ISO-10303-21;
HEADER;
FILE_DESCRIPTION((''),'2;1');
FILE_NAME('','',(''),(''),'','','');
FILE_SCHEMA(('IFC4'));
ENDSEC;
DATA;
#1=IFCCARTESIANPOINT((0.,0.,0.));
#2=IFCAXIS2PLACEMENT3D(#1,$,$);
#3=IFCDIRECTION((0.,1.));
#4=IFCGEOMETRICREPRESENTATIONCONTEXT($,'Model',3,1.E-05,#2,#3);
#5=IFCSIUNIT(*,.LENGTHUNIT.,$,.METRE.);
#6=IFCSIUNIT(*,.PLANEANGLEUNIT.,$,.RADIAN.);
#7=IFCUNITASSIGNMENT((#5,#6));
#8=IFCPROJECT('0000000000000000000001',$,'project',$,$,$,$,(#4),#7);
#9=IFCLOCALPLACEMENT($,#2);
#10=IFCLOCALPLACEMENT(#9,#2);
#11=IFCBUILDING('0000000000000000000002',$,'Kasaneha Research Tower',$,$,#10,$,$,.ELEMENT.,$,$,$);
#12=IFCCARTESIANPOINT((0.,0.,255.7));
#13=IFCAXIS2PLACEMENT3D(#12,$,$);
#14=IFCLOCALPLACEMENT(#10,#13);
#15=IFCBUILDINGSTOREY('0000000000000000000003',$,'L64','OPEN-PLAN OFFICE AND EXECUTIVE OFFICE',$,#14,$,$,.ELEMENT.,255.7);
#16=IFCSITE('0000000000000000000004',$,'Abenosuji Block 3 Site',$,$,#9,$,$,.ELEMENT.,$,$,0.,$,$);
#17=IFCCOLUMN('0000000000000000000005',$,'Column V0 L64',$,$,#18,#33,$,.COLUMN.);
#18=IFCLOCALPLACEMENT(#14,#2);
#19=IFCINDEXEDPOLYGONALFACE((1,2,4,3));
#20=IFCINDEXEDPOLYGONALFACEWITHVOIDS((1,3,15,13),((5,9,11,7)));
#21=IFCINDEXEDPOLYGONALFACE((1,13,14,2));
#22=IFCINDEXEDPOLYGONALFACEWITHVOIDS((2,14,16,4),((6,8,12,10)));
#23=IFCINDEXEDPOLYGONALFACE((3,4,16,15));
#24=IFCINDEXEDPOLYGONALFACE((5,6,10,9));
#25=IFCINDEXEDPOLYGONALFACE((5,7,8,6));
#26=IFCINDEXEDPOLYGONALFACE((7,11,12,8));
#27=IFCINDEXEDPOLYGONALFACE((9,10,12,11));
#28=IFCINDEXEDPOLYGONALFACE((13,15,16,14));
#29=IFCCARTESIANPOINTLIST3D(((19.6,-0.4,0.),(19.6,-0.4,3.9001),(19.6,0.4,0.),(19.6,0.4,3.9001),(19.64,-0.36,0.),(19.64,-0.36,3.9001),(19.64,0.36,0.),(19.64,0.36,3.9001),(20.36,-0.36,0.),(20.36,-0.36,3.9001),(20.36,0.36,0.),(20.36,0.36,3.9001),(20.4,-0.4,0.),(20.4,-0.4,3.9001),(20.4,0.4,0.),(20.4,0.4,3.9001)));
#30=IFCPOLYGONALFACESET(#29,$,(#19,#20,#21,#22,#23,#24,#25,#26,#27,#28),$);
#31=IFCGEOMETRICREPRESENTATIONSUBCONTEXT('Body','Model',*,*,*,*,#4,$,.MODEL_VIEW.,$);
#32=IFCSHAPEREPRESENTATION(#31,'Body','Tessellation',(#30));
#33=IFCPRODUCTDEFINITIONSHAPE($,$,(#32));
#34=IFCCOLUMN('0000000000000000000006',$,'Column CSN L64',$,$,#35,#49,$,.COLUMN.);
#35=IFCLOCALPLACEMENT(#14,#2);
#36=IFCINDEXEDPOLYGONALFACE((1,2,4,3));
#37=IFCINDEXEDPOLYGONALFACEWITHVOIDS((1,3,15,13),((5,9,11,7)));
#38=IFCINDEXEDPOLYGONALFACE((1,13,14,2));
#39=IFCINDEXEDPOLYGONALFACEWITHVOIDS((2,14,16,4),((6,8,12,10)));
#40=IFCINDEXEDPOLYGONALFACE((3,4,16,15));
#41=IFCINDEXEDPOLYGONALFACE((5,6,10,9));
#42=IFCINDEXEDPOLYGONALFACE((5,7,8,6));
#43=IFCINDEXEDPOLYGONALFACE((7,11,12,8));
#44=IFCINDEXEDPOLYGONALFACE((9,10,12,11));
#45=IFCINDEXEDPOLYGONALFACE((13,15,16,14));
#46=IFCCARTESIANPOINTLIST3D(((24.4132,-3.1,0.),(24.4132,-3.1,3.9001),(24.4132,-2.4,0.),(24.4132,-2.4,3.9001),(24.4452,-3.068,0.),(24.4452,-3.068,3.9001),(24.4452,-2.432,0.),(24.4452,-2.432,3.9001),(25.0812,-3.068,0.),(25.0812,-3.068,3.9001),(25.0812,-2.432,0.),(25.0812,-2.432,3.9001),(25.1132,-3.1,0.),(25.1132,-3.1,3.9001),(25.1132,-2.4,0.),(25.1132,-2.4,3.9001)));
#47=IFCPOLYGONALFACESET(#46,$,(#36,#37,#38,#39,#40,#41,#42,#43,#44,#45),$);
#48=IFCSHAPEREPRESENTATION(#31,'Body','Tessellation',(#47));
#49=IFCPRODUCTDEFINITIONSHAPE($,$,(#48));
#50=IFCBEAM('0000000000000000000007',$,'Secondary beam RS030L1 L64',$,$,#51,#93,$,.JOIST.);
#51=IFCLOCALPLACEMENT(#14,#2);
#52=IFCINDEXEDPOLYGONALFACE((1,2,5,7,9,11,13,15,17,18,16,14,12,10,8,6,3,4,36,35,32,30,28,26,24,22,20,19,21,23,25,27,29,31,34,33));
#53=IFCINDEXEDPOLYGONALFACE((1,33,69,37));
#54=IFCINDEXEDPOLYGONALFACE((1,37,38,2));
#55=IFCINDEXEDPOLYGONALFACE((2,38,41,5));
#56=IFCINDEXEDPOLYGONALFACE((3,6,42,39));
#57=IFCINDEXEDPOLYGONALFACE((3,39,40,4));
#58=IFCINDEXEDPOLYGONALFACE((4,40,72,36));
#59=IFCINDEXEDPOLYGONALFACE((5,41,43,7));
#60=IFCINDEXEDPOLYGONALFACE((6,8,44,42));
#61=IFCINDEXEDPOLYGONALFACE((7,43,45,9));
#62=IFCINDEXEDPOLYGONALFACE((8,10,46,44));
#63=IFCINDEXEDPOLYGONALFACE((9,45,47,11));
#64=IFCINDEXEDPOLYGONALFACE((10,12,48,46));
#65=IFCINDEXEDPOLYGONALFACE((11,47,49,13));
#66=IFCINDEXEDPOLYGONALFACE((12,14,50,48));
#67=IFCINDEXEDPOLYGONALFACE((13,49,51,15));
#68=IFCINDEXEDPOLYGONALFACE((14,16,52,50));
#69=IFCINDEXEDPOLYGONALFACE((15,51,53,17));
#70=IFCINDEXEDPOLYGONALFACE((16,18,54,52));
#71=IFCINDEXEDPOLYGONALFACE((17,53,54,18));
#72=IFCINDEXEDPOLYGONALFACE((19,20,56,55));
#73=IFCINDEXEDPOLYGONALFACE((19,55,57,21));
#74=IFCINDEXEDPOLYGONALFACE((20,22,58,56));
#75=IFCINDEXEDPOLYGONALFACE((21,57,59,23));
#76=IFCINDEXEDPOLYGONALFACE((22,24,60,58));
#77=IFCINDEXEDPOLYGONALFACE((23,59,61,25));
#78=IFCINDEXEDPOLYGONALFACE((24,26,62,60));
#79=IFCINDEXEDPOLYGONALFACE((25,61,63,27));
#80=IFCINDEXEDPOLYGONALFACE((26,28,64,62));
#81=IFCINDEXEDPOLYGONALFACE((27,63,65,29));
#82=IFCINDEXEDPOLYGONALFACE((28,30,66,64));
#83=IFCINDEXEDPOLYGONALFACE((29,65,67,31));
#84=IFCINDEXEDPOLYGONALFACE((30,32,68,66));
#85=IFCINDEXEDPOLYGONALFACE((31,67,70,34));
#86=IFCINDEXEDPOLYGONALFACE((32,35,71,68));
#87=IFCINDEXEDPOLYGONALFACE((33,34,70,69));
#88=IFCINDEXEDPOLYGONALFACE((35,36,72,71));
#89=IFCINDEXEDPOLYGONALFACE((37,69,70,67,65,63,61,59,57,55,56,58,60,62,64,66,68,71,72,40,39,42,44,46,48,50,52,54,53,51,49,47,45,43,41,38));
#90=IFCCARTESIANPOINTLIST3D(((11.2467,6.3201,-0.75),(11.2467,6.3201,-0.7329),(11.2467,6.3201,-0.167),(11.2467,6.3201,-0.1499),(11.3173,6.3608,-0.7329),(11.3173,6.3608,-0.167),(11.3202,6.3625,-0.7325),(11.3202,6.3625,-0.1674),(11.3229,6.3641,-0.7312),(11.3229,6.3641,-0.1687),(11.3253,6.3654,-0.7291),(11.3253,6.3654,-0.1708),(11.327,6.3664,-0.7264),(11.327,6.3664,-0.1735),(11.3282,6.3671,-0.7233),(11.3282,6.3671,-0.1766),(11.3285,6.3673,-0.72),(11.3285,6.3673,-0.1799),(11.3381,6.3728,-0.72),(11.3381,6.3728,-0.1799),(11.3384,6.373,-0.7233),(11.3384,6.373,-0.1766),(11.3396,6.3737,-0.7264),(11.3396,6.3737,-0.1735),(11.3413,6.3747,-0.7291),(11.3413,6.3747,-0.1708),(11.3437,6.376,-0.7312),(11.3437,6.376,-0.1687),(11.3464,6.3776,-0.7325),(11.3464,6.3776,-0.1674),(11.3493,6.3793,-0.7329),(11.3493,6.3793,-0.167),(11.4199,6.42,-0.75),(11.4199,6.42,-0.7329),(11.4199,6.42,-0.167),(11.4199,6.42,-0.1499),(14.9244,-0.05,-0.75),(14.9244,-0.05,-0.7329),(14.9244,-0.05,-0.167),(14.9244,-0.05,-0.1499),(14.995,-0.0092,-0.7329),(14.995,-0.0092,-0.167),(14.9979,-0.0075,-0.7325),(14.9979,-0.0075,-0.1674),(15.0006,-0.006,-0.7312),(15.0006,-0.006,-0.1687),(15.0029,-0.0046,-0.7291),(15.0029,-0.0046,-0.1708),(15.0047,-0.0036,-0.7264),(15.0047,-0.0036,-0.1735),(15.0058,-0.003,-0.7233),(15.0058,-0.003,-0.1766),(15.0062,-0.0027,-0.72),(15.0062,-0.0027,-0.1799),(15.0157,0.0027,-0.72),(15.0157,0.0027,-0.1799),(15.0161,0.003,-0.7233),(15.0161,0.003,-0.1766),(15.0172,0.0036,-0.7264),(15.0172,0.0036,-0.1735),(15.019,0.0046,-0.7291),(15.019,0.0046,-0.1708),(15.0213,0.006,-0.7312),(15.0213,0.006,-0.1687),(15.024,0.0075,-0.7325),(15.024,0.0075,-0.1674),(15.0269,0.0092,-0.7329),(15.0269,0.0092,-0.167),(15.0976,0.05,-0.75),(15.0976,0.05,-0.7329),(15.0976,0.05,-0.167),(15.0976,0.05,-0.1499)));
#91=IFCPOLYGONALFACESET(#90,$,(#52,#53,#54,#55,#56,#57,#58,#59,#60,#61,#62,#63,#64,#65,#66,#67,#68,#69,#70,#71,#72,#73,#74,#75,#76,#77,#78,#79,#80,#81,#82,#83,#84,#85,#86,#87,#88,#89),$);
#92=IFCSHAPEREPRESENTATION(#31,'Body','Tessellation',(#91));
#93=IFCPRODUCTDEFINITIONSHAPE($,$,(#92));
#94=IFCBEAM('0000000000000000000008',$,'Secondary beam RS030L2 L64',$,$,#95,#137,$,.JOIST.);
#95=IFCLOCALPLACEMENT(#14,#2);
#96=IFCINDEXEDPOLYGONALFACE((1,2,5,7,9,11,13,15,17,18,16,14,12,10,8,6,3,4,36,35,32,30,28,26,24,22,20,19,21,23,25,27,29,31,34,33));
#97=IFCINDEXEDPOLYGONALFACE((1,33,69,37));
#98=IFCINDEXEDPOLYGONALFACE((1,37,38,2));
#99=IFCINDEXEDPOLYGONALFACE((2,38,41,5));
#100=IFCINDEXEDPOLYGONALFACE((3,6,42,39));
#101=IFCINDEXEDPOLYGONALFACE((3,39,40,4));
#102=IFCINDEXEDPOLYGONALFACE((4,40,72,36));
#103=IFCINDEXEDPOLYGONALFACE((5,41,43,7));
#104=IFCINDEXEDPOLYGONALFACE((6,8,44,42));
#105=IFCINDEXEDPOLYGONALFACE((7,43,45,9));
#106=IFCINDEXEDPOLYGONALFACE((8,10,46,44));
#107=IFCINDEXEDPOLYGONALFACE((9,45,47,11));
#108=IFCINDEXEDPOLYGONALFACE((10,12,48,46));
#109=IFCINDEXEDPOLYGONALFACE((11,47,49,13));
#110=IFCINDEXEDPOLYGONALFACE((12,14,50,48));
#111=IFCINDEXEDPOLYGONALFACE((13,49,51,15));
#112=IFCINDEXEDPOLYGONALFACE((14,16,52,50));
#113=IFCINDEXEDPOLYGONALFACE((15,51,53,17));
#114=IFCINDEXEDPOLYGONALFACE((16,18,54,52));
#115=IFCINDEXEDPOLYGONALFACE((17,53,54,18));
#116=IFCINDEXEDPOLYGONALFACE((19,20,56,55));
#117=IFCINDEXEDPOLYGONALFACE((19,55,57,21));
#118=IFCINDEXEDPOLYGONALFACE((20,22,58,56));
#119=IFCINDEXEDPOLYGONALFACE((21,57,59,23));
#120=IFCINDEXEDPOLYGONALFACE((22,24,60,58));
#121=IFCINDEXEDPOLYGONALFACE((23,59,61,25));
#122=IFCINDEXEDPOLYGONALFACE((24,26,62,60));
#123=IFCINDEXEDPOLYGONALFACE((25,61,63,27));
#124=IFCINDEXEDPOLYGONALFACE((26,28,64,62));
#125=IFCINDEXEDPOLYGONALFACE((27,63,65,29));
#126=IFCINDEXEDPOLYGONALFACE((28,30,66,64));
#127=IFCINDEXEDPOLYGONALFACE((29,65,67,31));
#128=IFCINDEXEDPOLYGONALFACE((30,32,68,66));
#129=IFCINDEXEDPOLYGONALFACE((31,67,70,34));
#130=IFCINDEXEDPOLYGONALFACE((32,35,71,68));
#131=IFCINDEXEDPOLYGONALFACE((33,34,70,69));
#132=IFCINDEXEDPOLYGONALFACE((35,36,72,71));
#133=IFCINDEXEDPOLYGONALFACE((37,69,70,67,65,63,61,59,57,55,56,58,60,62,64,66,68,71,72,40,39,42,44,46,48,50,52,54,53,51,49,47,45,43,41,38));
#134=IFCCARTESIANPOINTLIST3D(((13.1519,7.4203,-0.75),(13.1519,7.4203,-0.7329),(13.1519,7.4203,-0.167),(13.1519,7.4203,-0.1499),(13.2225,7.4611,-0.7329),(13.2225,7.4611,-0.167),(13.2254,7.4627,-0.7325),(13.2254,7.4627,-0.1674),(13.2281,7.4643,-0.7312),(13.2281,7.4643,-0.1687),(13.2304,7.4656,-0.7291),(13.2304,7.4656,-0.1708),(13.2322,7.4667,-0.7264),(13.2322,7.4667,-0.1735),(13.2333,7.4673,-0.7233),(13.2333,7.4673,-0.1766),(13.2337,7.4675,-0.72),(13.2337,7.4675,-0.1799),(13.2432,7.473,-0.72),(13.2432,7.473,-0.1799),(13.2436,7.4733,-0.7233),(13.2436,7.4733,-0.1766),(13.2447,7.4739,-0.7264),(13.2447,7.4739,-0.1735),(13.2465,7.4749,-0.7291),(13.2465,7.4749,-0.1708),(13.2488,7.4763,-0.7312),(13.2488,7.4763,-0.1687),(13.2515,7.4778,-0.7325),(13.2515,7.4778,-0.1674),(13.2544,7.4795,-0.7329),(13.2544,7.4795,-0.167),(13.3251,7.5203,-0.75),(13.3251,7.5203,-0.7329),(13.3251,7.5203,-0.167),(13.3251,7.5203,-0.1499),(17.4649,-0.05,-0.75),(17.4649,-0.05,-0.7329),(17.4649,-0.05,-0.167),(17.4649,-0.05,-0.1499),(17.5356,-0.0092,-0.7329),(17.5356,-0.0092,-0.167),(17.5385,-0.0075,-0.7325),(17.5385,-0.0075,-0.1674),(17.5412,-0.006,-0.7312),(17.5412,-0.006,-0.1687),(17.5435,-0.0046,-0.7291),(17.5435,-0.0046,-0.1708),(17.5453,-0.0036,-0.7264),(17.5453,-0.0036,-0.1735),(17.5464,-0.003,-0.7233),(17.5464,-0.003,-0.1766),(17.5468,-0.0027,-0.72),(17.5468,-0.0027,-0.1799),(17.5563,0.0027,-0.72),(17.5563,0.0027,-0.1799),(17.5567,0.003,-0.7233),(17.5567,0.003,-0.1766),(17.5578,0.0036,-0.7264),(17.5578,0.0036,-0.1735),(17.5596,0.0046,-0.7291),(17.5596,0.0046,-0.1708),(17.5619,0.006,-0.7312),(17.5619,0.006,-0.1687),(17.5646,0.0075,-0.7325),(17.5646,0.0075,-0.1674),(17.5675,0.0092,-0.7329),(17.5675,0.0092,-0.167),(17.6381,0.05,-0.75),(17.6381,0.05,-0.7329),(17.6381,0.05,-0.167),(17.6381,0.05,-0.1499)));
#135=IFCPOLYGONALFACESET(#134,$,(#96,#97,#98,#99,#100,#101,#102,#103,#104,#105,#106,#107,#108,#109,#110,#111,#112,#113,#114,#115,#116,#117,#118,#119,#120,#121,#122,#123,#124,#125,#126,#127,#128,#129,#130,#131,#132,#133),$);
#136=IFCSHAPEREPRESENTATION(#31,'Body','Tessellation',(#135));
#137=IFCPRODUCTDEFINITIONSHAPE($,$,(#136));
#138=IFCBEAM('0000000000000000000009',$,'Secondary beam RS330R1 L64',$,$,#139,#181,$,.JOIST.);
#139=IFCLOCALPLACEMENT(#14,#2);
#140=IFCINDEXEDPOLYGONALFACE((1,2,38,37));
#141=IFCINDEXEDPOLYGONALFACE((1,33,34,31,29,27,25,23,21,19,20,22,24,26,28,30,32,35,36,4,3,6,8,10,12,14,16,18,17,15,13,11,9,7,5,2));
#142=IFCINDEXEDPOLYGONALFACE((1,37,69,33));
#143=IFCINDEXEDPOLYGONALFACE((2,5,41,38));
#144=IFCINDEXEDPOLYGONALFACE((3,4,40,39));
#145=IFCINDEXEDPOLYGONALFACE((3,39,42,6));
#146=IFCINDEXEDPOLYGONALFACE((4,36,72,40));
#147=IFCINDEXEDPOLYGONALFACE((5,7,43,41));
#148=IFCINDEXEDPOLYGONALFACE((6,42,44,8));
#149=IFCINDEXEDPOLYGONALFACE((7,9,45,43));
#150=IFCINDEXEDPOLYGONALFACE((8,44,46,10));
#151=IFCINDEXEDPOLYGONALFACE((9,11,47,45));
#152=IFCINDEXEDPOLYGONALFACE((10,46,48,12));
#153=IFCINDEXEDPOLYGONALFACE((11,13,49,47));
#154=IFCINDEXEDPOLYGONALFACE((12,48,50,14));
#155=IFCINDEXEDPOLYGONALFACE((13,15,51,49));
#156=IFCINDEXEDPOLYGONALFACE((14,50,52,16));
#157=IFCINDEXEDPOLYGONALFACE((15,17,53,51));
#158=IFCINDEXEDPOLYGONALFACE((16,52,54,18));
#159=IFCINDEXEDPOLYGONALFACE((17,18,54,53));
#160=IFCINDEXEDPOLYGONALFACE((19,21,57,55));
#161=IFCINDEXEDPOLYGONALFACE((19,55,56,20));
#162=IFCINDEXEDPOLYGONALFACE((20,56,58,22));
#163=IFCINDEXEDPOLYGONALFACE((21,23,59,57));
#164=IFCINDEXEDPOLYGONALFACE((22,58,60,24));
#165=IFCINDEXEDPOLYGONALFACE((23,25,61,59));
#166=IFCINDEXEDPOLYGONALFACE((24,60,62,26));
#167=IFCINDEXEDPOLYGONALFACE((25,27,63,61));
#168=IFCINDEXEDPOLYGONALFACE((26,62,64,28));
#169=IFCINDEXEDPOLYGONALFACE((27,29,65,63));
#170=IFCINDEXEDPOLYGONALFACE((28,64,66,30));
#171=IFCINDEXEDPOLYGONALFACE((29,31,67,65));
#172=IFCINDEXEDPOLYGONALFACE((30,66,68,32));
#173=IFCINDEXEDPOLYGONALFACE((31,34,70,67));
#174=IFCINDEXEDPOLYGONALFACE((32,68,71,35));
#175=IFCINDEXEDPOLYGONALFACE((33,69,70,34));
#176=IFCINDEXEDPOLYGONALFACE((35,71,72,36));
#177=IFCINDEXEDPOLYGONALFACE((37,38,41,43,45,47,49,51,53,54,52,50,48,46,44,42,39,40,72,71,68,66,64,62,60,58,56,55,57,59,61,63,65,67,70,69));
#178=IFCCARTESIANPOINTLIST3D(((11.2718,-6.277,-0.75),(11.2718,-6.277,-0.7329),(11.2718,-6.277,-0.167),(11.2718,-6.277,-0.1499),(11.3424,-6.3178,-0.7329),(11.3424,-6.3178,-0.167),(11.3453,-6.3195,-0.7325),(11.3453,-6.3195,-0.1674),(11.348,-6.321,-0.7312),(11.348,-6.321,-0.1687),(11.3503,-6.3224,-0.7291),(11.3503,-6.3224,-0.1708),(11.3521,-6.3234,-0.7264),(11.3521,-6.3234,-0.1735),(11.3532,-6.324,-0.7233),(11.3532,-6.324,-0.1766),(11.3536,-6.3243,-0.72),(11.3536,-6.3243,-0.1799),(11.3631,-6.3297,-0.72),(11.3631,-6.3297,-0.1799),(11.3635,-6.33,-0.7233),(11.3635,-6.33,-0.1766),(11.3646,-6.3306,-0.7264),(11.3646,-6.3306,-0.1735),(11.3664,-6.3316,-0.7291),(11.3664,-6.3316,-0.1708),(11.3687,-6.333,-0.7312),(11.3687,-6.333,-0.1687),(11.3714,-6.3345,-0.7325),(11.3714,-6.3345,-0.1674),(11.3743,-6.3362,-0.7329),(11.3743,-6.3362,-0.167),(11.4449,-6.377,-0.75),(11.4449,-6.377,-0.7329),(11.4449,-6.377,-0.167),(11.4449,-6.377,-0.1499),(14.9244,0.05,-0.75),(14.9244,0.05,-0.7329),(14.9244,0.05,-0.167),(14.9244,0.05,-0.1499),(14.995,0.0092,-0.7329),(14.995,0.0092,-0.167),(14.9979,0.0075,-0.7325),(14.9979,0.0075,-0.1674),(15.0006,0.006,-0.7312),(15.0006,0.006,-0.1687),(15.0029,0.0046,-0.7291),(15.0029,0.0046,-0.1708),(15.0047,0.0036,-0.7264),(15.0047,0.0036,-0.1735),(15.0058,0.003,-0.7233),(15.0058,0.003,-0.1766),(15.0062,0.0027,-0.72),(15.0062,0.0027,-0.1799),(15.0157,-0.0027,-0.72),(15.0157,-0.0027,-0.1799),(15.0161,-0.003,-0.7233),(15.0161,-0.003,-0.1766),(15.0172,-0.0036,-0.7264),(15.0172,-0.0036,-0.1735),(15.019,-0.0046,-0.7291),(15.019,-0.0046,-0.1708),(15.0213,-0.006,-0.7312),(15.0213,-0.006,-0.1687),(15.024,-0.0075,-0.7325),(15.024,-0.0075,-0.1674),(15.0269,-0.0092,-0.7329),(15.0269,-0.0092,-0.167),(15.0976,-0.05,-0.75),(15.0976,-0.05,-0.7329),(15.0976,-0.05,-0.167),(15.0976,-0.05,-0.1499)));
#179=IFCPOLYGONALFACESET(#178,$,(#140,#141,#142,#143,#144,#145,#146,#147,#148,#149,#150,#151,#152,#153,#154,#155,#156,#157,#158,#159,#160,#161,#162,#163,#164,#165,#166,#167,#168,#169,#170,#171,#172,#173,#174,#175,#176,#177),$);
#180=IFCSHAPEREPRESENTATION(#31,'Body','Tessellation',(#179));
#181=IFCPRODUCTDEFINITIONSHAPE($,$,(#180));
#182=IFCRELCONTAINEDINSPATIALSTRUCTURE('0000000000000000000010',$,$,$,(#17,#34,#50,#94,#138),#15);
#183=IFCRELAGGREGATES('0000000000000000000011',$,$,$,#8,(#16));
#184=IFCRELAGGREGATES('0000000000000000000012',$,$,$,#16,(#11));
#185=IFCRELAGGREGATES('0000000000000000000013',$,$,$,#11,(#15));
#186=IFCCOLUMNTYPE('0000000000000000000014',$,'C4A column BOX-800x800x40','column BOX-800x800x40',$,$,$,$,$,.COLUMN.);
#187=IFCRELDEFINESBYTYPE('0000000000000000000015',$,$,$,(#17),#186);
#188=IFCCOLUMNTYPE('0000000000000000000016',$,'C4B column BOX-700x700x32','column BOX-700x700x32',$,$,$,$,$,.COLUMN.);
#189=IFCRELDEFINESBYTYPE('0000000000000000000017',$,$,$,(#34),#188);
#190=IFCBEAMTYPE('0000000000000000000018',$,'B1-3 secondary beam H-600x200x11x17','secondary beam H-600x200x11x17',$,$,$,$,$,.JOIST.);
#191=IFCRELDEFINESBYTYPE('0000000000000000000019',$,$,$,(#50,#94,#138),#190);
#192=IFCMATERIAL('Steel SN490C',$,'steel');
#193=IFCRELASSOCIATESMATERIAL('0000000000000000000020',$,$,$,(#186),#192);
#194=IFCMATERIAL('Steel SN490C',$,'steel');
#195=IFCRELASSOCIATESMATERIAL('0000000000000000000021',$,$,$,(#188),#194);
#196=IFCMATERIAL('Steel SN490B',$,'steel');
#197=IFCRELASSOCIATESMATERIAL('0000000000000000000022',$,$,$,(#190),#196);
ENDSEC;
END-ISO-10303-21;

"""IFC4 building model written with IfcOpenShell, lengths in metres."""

from ifc_helpers import new_model, si_unit, direction, frame, origin, origin_2d, place, context, subcontext, project, spatial, hollow_rectangle, i_section, extrude, material, material_profile, profile_set, type_object, element, save


model = new_model("IFC4")

# Units and contexts
model_context = context("Model", 3, precision=1e-05, world=origin(), true_north=direction((0.0, 1.0)))
body_context = subcontext(model_context, "Body", "Model", "MODEL_VIEW")
ifc_project = project(units=[si_unit("LENGTHUNIT", "METRE"), si_unit("PLANEANGLEUNIT", "RADIAN")], contexts=[model_context])

# Site, building, storey
site_placement = place(None, origin())
site = spatial("IfcSite", under=ifc_project, at=site_placement, Name="Abenosuji Block 3 Site", CompositionType="ELEMENT", RefElevation=0.0)
building_placement = place(site_placement, origin())
building = spatial("IfcBuilding", under=site, at=building_placement, Name="Kasaneha Research Tower", CompositionType="ELEMENT")
storey_placement = place(building_placement, frame((0.0, 0.0, 255.7)))
storey = spatial("IfcBuildingStorey", under=building, at=storey_placement, Name="L64", Description="OPEN-PLAN OFFICE AND EXECUTIVE OFFICE", CompositionType="ELEMENT", Elevation=255.7)

# Columns
ifc_material_1 = material(Name="Steel SN490C", Category="steel")
ifc_material_profile_1 = material_profile(ifc_material_1, hollow_rectangle(XDim=0.8, YDim=0.8, WallThickness=0.04, at=origin_2d()), Name="BOX-800x800x40")
ifc_profile_set_1 = profile_set([ifc_material_profile_1], Name="Steel SN490C")
column_type_1 = type_object("IfcColumnType", Name="C4A column BOX-800x800x40", Description="column BOX-800x800x40", PredefinedType="COLUMN", material=ifc_profile_set_1)
column_1_placement = place(storey_placement, frame((20.0, 0.0, 0.0), z_axis=(0.0, 0.0, 1.0), x_axis=(1.0, 0.0, 0.0)))
element("IfcColumn", 1, at=column_1_placement, inside=storey, type_object=column_type_1, Name="Column V0 L64", PredefinedType="COLUMN", context=body_context, shape_type="SweptSolid", body=[
    extrude(hollow_rectangle(XDim=0.8, YDim=0.8, WallThickness=0.04, at=origin_2d()), origin(), (0.0, 0.0, 1.0), 3.9001),
])
ifc_material_2 = material(Name="Steel SN490C", Category="steel")
ifc_material_profile_2 = material_profile(ifc_material_2, hollow_rectangle(XDim=0.7, YDim=0.7, WallThickness=0.032, at=origin_2d()), Name="BOX-700x700x32")
ifc_profile_set_2 = profile_set([ifc_material_profile_2], Name="Steel SN490C")
column_type_2 = type_object("IfcColumnType", Name="C4B column BOX-700x700x32", Description="column BOX-700x700x32", PredefinedType="COLUMN", material=ifc_profile_set_2)
column_2_placement = place(storey_placement, frame((24.7632, -2.75, 0.0), z_axis=(0.0, 0.0, 1.0), x_axis=(1.0, 0.0, 0.0)))
element("IfcColumn", 2, at=column_2_placement, inside=storey, type_object=column_type_2, Name="Column CSN L64", PredefinedType="COLUMN", context=body_context, shape_type="SweptSolid", body=[
    extrude(hollow_rectangle(XDim=0.7, YDim=0.7, WallThickness=0.032, at=origin_2d()), origin(), (0.0, 0.0, 1.0), 3.9001),
])

# Beams
ifc_material_3 = material(Name="Steel SN490B", Category="steel")
ifc_material_profile_3 = material_profile(ifc_material_3, i_section(OverallWidth=0.2, OverallDepth=0.6001, WebThickness=0.011, FlangeThickness=0.0171, FilletRadius=0.0129, at=origin_2d()), Name="H-600x200x11x17")
ifc_profile_set_3 = profile_set([ifc_material_profile_3], Name="Steel SN490B")
beam_type_1 = type_object("IfcBeamType", Name="B1-3 secondary beam H-600x200x11x17", Description="secondary beam H-600x200x11x17", PredefinedType="JOIST", material=ifc_profile_set_3)
beam_1_placement = place(storey_placement, frame((15.011, 0.0, -0.45), z_axis=(-0.499994, 0.866029, 0.0), x_axis=(-0.866029, -0.499994, 0.0)))
element("IfcBeam", 3, at=beam_1_placement, inside=storey, type_object=beam_type_1, Name="Secondary beam RS030L1 L64", PredefinedType="JOIST", context=body_context, shape_type="SweptSolid", body=[
    extrude(i_section(OverallWidth=0.2, OverallDepth=0.6001, WebThickness=0.011, FlangeThickness=0.0171, FilletRadius=0.0129, at=origin_2d()), origin(), (0.0, 0.0, 1.0), 7.3555),
])
beam_2_placement = place(storey_placement, frame((17.5515, 0.0, -0.45), z_axis=(-0.500005, 0.866023, 0.0), x_axis=(-0.866023, -0.500005, 0.0)))
element("IfcBeam", 4, at=beam_2_placement, inside=storey, type_object=beam_type_1, Name="Secondary beam RS030L2 L64", PredefinedType="JOIST", context=body_context, shape_type="SweptSolid", body=[
    extrude(i_section(OverallWidth=0.2, OverallDepth=0.6001, WebThickness=0.011, FlangeThickness=0.0171, FilletRadius=0.0129, at=origin_2d()), origin(), (0.0, 0.0, 1.0), 8.626),
])
beam_3_placement = place(storey_placement, frame((15.011, 0.0, -0.45), z_axis=(-0.499974, -0.86604, 0.0), x_axis=(0.86604, -0.499974, 0.0)))
element("IfcBeam", 5, at=beam_3_placement, inside=storey, type_object=beam_type_1, Name="Secondary beam RS330R1 L64", PredefinedType="JOIST", context=body_context, shape_type="SweptSolid", body=[
    extrude(i_section(OverallWidth=0.2, OverallDepth=0.6001, WebThickness=0.011, FlangeThickness=0.0171, FilletRadius=0.0129, at=origin_2d()), origin(), (0.0, 0.0, 1.0), 7.3057),
])

save(model, "model.ifc")
